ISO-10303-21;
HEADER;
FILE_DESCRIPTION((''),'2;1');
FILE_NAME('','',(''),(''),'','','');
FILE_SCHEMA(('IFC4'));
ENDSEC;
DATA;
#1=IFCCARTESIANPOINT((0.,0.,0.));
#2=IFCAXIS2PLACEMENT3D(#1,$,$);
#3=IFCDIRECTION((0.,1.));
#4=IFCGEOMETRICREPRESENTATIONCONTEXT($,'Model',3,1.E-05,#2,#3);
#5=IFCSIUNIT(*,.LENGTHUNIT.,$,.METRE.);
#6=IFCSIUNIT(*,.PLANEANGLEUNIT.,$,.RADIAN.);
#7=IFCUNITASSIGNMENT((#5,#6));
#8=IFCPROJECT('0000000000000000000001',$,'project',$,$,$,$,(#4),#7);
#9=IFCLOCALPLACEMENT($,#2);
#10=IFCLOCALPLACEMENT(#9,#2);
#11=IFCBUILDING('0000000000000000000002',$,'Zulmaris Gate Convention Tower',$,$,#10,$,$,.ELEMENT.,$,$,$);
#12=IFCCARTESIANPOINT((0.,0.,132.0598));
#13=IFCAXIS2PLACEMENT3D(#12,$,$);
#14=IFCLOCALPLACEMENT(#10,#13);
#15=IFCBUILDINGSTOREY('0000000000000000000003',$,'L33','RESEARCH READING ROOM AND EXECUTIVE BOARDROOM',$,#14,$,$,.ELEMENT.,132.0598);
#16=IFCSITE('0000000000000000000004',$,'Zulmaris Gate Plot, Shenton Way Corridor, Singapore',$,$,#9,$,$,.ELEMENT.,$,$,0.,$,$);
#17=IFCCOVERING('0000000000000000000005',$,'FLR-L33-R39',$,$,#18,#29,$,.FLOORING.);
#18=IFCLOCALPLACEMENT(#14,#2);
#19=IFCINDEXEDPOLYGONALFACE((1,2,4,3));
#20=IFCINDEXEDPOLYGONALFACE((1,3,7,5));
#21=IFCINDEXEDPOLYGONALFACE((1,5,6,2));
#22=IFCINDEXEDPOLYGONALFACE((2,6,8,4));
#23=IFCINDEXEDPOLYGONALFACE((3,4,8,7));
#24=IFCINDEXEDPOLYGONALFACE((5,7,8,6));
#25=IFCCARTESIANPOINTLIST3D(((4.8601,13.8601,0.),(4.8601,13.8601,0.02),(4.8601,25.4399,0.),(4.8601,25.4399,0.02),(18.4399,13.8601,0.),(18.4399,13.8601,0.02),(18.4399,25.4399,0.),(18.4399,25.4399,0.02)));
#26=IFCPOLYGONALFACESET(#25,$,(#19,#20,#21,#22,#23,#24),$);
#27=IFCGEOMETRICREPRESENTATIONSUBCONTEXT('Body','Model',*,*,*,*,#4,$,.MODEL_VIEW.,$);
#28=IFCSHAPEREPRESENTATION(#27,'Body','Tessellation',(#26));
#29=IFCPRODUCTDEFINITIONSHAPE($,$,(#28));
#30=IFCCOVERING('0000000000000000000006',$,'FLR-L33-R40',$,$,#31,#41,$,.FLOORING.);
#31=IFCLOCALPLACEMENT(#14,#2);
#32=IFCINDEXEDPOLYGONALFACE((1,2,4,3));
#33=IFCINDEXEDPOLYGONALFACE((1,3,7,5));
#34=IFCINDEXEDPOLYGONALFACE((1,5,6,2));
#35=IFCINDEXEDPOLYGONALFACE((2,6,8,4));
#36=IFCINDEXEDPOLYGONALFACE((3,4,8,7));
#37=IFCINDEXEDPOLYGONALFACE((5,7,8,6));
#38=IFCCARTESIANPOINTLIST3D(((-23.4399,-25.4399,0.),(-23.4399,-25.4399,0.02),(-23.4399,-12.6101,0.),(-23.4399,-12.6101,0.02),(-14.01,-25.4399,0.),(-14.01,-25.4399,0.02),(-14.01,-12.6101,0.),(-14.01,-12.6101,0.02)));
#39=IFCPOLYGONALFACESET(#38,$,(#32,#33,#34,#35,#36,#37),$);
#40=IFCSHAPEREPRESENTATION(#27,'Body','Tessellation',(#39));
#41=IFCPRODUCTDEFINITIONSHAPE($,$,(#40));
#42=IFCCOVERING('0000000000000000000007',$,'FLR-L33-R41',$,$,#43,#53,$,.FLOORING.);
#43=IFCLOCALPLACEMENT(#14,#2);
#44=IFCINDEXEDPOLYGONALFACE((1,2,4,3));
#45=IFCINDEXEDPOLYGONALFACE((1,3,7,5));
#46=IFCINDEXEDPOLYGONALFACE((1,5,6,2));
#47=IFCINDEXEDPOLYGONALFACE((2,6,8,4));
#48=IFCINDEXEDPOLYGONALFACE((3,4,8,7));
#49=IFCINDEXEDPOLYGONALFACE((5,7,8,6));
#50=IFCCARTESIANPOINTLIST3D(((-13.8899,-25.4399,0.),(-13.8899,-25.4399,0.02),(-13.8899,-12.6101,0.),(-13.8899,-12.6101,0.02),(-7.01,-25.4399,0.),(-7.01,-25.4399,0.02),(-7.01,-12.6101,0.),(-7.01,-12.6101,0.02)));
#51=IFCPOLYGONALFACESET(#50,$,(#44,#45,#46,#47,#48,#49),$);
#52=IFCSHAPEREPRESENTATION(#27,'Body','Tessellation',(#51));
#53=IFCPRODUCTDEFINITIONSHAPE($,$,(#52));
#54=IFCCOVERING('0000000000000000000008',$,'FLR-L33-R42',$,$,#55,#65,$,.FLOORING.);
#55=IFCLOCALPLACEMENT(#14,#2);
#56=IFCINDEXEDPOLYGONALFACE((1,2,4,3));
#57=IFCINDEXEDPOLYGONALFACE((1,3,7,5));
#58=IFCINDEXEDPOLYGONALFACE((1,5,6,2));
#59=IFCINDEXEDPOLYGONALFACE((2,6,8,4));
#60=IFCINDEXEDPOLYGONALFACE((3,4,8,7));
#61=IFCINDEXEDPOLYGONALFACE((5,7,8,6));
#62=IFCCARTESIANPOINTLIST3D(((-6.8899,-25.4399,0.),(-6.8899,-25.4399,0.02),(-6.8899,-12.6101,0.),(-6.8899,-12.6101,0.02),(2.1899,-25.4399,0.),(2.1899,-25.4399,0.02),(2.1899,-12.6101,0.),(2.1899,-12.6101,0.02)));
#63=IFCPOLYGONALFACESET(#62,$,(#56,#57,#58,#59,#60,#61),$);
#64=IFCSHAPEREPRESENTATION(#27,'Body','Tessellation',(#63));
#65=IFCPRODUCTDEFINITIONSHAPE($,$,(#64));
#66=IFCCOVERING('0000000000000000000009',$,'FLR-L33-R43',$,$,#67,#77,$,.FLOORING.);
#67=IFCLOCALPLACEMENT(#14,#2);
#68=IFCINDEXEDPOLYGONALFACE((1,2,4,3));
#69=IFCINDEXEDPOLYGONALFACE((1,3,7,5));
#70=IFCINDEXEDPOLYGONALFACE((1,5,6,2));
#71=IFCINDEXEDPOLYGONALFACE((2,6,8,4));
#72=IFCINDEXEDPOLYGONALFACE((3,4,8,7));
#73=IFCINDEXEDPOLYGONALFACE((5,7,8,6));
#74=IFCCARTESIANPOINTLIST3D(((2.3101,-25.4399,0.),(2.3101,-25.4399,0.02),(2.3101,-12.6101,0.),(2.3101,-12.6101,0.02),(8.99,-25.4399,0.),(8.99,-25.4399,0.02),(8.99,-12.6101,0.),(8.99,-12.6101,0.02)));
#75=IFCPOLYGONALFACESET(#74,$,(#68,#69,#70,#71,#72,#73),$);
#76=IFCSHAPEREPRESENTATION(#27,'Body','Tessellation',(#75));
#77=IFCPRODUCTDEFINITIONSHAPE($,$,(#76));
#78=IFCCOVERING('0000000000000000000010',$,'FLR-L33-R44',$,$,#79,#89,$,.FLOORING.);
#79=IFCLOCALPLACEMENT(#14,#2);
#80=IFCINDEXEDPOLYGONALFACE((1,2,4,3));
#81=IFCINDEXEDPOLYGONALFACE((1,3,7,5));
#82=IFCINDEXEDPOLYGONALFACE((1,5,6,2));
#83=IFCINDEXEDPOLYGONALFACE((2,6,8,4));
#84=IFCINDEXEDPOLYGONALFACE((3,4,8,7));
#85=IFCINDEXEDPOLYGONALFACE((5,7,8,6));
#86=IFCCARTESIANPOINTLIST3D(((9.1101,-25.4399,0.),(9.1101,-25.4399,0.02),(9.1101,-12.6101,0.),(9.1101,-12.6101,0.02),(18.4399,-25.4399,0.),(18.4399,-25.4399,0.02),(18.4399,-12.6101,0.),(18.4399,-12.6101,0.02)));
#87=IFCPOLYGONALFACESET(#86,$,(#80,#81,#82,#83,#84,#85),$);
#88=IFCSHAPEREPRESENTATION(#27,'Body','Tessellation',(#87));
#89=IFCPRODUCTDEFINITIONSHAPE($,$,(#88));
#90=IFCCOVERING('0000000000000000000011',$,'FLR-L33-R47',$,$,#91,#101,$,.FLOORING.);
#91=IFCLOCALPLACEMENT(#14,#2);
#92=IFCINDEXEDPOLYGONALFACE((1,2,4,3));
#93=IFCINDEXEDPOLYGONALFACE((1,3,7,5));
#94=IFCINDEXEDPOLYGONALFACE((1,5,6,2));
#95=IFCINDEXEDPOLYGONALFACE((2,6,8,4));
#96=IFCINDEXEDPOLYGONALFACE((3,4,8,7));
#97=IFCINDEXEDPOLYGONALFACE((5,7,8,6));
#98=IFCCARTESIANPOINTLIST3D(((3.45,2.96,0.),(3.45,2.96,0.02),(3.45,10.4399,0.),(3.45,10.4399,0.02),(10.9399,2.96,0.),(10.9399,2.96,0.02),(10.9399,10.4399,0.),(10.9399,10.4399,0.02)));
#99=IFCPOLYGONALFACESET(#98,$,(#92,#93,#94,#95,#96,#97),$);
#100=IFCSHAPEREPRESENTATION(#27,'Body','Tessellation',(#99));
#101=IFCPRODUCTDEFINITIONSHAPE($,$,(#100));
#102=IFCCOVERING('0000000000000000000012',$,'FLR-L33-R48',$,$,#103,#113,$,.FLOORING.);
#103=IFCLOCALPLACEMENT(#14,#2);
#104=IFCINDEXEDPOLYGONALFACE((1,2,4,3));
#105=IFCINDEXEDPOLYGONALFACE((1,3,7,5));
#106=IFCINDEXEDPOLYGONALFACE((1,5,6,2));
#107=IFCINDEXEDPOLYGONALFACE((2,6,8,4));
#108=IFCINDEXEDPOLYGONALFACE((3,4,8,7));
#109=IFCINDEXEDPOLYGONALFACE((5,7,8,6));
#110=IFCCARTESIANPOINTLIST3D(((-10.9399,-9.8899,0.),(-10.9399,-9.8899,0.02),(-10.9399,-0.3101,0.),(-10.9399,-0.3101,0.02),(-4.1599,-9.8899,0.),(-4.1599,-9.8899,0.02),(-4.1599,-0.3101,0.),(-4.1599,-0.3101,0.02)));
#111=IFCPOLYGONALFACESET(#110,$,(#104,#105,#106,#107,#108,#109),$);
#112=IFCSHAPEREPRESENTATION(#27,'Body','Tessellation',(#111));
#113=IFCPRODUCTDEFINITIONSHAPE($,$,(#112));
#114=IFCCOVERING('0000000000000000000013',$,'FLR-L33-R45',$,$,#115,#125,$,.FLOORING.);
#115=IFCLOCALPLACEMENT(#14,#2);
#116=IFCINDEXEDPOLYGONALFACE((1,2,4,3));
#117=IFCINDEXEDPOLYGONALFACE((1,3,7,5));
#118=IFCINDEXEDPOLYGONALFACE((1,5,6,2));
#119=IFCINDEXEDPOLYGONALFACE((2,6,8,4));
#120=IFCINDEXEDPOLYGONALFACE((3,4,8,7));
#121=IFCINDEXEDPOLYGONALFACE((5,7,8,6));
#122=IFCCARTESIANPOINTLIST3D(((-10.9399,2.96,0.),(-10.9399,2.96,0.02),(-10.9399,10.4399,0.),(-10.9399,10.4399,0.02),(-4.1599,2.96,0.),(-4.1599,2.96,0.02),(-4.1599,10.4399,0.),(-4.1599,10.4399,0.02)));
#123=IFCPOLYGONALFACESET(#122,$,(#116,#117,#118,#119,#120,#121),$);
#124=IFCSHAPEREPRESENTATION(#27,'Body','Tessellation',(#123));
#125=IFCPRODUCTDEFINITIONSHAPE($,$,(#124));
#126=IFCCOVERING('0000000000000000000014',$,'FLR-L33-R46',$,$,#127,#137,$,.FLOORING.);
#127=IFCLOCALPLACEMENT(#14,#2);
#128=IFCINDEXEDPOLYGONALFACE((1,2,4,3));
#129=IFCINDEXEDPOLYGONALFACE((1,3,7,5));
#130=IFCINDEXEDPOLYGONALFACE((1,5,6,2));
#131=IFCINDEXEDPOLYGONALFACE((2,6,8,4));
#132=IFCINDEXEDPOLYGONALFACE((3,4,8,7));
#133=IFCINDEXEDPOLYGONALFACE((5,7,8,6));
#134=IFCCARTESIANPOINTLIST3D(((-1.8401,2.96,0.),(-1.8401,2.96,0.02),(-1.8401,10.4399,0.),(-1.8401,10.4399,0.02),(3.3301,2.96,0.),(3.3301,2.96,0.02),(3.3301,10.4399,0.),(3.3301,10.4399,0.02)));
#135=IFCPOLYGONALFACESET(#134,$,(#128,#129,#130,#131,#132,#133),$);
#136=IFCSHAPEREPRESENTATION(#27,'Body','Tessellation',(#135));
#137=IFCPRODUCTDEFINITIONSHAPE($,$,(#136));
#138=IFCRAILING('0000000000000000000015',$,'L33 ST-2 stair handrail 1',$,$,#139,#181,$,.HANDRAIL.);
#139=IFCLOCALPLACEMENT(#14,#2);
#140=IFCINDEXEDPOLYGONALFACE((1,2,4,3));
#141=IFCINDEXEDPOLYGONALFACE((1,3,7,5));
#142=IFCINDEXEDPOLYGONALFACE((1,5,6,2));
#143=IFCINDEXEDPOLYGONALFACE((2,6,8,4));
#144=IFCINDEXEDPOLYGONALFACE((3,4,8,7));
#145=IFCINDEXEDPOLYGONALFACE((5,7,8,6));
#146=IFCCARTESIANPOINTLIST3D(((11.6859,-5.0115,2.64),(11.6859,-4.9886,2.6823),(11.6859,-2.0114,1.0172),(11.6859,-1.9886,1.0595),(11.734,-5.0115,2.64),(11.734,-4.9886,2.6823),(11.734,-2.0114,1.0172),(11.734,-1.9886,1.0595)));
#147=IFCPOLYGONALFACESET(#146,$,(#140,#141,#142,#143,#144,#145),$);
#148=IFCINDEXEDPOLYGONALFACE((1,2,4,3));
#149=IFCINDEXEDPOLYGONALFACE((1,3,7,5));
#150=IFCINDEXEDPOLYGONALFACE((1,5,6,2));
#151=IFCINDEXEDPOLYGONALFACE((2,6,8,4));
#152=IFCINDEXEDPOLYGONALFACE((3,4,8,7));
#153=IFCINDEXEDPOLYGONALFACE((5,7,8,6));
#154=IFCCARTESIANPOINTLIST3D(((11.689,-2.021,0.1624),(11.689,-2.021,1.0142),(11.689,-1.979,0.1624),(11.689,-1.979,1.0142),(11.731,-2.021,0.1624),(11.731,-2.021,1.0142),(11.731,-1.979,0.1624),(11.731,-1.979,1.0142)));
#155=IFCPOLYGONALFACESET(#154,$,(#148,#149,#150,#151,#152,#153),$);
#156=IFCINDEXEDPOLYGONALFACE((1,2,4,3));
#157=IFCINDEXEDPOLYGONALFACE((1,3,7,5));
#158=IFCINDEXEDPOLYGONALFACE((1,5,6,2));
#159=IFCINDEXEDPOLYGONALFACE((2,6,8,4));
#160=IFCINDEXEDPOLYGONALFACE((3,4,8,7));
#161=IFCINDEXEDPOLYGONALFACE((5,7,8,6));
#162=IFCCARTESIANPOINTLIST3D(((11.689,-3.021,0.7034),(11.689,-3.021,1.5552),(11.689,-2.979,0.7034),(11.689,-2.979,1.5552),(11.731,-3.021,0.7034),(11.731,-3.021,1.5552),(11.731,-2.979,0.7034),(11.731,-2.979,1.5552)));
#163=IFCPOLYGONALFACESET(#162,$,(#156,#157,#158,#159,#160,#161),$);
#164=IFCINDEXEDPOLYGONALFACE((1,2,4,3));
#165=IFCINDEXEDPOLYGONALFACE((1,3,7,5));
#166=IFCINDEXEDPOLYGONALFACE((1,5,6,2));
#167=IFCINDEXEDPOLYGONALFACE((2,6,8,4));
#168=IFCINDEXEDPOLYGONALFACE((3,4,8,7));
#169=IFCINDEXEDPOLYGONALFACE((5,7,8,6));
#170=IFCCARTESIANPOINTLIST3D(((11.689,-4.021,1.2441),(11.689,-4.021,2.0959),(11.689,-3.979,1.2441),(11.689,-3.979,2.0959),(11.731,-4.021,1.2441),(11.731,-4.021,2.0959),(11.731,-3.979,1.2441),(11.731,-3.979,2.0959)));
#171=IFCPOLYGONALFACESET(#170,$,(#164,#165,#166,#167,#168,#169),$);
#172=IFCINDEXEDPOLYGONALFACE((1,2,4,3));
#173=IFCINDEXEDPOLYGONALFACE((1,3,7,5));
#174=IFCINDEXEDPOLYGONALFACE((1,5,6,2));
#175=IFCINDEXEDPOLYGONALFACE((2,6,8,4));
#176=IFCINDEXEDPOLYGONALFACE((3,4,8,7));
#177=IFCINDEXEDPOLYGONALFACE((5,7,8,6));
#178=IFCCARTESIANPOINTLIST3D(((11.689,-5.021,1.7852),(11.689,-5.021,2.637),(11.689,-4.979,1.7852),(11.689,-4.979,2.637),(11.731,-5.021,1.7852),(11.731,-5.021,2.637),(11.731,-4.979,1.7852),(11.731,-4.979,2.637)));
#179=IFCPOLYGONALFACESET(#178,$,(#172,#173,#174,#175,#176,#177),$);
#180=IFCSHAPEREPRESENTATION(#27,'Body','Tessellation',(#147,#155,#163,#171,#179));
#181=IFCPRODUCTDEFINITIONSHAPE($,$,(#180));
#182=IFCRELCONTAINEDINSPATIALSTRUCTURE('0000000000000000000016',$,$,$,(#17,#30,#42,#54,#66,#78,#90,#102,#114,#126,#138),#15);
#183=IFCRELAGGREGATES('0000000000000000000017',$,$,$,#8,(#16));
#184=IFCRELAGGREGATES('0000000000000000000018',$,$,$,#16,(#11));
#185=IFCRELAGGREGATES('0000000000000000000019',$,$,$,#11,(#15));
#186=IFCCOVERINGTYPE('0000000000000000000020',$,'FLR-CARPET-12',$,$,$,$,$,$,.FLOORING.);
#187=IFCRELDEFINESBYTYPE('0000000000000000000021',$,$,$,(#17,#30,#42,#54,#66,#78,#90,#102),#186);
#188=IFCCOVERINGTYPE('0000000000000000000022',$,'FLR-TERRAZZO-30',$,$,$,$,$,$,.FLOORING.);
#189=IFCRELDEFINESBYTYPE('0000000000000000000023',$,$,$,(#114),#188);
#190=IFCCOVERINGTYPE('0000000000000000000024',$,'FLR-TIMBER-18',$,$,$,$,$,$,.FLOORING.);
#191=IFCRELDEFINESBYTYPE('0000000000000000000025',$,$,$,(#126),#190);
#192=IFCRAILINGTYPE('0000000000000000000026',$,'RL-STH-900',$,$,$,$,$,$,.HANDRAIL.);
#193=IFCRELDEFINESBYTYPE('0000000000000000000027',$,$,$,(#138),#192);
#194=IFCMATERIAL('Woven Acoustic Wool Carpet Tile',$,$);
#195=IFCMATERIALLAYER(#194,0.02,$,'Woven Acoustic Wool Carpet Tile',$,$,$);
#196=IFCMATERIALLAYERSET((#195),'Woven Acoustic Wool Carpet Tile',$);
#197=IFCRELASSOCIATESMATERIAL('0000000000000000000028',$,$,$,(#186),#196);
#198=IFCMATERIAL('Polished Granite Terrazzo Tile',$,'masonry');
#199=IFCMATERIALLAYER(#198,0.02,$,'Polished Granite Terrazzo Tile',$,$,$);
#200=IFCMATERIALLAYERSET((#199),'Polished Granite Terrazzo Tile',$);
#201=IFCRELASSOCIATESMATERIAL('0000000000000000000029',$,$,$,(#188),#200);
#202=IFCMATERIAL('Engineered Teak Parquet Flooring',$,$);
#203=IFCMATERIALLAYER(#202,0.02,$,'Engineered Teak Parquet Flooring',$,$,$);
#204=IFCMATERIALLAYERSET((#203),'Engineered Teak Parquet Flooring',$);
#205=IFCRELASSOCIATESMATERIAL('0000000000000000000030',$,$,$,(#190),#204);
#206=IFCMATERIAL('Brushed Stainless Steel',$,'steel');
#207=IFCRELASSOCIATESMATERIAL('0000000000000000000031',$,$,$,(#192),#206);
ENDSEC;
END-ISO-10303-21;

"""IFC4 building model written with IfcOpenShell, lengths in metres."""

from ifc_helpers import new_model, si_unit, direction, frame, origin, origin_2d, place, context, subcontext, project, spatial, polyline, rectangle, outline, extrude, material, layer, layer_set, type_object, element, save


model = new_model("IFC4")

# Units and contexts
model_context = context("Model", 3, precision=1e-05, world=origin(), true_north=direction((0.0, 1.0)))
body_context = subcontext(model_context, "Body", "Model", "MODEL_VIEW")
ifc_project = project(units=[si_unit("LENGTHUNIT", "METRE"), si_unit("PLANEANGLEUNIT", "RADIAN")], contexts=[model_context])

# Site, building, storey
site_placement = place(None, origin())
site = spatial("IfcSite", under=ifc_project, at=site_placement, Name="Zulmaris Gate Plot, Shenton Way Corridor, Singapore", CompositionType="ELEMENT", RefElevation=0.0)
building_placement = place(site_placement, origin())
building = spatial("IfcBuilding", under=site, at=building_placement, Name="Zulmaris Gate Convention Tower", CompositionType="ELEMENT")
storey_placement = place(building_placement, frame((0.0, 0.0, 132.0598)))
storey = spatial("IfcBuildingStorey", under=building, at=storey_placement, Name="L33", Description="RESEARCH READING ROOM AND EXECUTIVE BOARDROOM", CompositionType="ELEMENT", Elevation=132.0598)

# Coverings
ifc_material_1 = material(Name="Woven Acoustic Wool Carpet Tile")
ifc_layer_1 = layer(ifc_material_1, 0.02, Name="Woven Acoustic Wool Carpet Tile")
ifc_layer_set_1 = layer_set([ifc_layer_1], Name="Woven Acoustic Wool Carpet Tile")
covering_type_1 = type_object("IfcCoveringType", Name="FLR-CARPET-12", PredefinedType="FLOORING", material=ifc_layer_set_1)
covering_1_placement = place(storey_placement, origin())
element("IfcCovering", 1, at=covering_1_placement, inside=storey, type_object=covering_type_1, Name="FLR-L33-R39", PredefinedType="FLOORING", context=body_context, shape_type="SweptSolid", body=[
    extrude(outline(polyline([(4.8601, 13.8601), (18.4399, 13.8601), (18.4399, 25.4399), (4.8601, 25.4399), (4.8601, 13.8601)])), origin(), (0.0, 0.0, 1.0), 0.02),
])
covering_2_placement = place(storey_placement, origin())
element("IfcCovering", 2, at=covering_2_placement, inside=storey, type_object=covering_type_1, Name="FLR-L33-R40", PredefinedType="FLOORING", context=body_context, shape_type="SweptSolid", body=[
    extrude(outline(polyline([(-23.4399, -25.4399), (-14.01, -25.4399), (-14.01, -12.6101), (-23.4399, -12.6101), (-23.4399, -25.4399)])), origin(), (0.0, 0.0, 1.0), 0.02),
])
covering_3_placement = place(storey_placement, origin())
element("IfcCovering", 3, at=covering_3_placement, inside=storey, type_object=covering_type_1, Name="FLR-L33-R41", PredefinedType="FLOORING", context=body_context, shape_type="SweptSolid", body=[
    extrude(outline(polyline([(-13.8899, -25.4399), (-7.01, -25.4399), (-7.01, -12.6101), (-13.8899, -12.6101), (-13.8899, -25.4399)])), origin(), (0.0, 0.0, 1.0), 0.02),
])
covering_4_placement = place(storey_placement, origin())
element("IfcCovering", 4, at=covering_4_placement, inside=storey, type_object=covering_type_1, Name="FLR-L33-R42", PredefinedType="FLOORING", context=body_context, shape_type="SweptSolid", body=[
    extrude(outline(polyline([(-6.8899, -25.4399), (2.1899, -25.4399), (2.1899, -12.6101), (-6.8899, -12.6101), (-6.8899, -25.4399)])), origin(), (0.0, 0.0, 1.0), 0.02),
])
covering_5_placement = place(storey_placement, origin())
element("IfcCovering", 5, at=covering_5_placement, inside=storey, type_object=covering_type_1, Name="FLR-L33-R43", PredefinedType="FLOORING", context=body_context, shape_type="SweptSolid", body=[
    extrude(outline(polyline([(2.3101, -25.4399), (8.99, -25.4399), (8.99, -12.6101), (2.3101, -12.6101), (2.3101, -25.4399)])), origin(), (0.0, 0.0, 1.0), 0.02),
])
covering_6_placement = place(storey_placement, origin())
element("IfcCovering", 6, at=covering_6_placement, inside=storey, type_object=covering_type_1, Name="FLR-L33-R44", PredefinedType="FLOORING", context=body_context, shape_type="SweptSolid", body=[
    extrude(outline(polyline([(9.1101, -25.4399), (18.4399, -25.4399), (18.4399, -12.6101), (9.1101, -12.6101), (9.1101, -25.4399)])), origin(), (0.0, 0.0, 1.0), 0.02),
])
covering_7_placement = place(storey_placement, origin())
element("IfcCovering", 7, at=covering_7_placement, inside=storey, type_object=covering_type_1, Name="FLR-L33-R47", PredefinedType="FLOORING", context=body_context, shape_type="SweptSolid", body=[
    extrude(outline(polyline([(3.45, 2.96), (10.9399, 2.96), (10.9399, 10.4399), (3.45, 10.4399), (3.45, 2.96)])), origin(), (0.0, 0.0, 1.0), 0.02),
])
covering_8_placement = place(storey_placement, origin())
element("IfcCovering", 8, at=covering_8_placement, inside=storey, type_object=covering_type_1, Name="FLR-L33-R48", PredefinedType="FLOORING", context=body_context, shape_type="SweptSolid", body=[
    extrude(outline(polyline([(-10.9399, -9.8899), (-4.1599, -9.8899), (-4.1599, -0.3101), (-10.9399, -0.3101), (-10.9399, -9.8899)])), origin(), (0.0, 0.0, 1.0), 0.02),
])
ifc_material_2 = material(Name="Polished Granite Terrazzo Tile", Category="masonry")
ifc_layer_2 = layer(ifc_material_2, 0.02, Name="Polished Granite Terrazzo Tile")
ifc_layer_set_2 = layer_set([ifc_layer_2], Name="Polished Granite Terrazzo Tile")
covering_type_2 = type_object("IfcCoveringType", Name="FLR-TERRAZZO-30", PredefinedType="FLOORING", material=ifc_layer_set_2)
covering_9_placement = place(storey_placement, origin())
element("IfcCovering", 9, at=covering_9_placement, inside=storey, type_object=covering_type_2, Name="FLR-L33-R45", PredefinedType="FLOORING", context=body_context, shape_type="SweptSolid", body=[
    extrude(outline(polyline([(-10.9399, 2.96), (-4.1599, 2.96), (-4.1599, 10.4399), (-10.9399, 10.4399), (-10.9399, 2.96)])), origin(), (0.0, 0.0, 1.0), 0.02),
])
ifc_material_3 = material(Name="Engineered Teak Parquet Flooring")
ifc_layer_3 = layer(ifc_material_3, 0.02, Name="Engineered Teak Parquet Flooring")
ifc_layer_set_3 = layer_set([ifc_layer_3], Name="Engineered Teak Parquet Flooring")
covering_type_3 = type_object("IfcCoveringType", Name="FLR-TIMBER-18", PredefinedType="FLOORING", material=ifc_layer_set_3)
covering_10_placement = place(storey_placement, origin())
element("IfcCovering", 10, at=covering_10_placement, inside=storey, type_object=covering_type_3, Name="FLR-L33-R46", PredefinedType="FLOORING", context=body_context, shape_type="SweptSolid", body=[
    extrude(outline(polyline([(-1.8401, 2.96), (3.3301, 2.96), (3.3301, 10.4399), (-1.8401, 10.4399), (-1.8401, 2.96)])), origin(), (0.0, 0.0, 1.0), 0.02),
])

# Railing
ifc_material_4 = material(Name="Brushed Stainless Steel", Category="steel")
railing_type = type_object("IfcRailingType", Name="RL-STH-900", PredefinedType="HANDRAIL", material=ifc_material_4)
railing_placement = place(storey_placement, frame((11.71, -2.0, 0.1624)))
element("IfcRailing", 11, at=railing_placement, inside=storey, type_object=railing_type, Name="L33 ST-2 stair handrail 1", PredefinedType="HANDRAIL", context=body_context, shape_type="SweptSolid", body=[
    extrude(rectangle(XDim=0.0481, YDim=0.0481, at=origin_2d()), frame((0.0, 0.0, 0.876), z_axis=(0.0, -0.879562, 0.475785), x_axis=(1.0, 0.0, 0.0)), (0.0, 0.0, 1.0), 3.4109),
    extrude(rectangle(XDim=0.042, YDim=0.042, at=origin_2d()), origin(), (0.0, 0.0, 1.0), 0.8518),
    extrude(rectangle(XDim=0.042, YDim=0.042, at=origin_2d()), frame((0.0, -1.0, 0.541)), (0.0, 0.0, 1.0), 0.8518),
    extrude(rectangle(XDim=0.042, YDim=0.042, at=origin_2d()), frame((0.0, -2.0, 1.0818)), (0.0, 0.0, 1.0), 0.8518),
    extrude(rectangle(XDim=0.042, YDim=0.042, at=origin_2d()), frame((0.0, -3.0, 1.6228)), (0.0, 0.0, 1.0), 0.8518),
])

save(model, "model.ifc")
